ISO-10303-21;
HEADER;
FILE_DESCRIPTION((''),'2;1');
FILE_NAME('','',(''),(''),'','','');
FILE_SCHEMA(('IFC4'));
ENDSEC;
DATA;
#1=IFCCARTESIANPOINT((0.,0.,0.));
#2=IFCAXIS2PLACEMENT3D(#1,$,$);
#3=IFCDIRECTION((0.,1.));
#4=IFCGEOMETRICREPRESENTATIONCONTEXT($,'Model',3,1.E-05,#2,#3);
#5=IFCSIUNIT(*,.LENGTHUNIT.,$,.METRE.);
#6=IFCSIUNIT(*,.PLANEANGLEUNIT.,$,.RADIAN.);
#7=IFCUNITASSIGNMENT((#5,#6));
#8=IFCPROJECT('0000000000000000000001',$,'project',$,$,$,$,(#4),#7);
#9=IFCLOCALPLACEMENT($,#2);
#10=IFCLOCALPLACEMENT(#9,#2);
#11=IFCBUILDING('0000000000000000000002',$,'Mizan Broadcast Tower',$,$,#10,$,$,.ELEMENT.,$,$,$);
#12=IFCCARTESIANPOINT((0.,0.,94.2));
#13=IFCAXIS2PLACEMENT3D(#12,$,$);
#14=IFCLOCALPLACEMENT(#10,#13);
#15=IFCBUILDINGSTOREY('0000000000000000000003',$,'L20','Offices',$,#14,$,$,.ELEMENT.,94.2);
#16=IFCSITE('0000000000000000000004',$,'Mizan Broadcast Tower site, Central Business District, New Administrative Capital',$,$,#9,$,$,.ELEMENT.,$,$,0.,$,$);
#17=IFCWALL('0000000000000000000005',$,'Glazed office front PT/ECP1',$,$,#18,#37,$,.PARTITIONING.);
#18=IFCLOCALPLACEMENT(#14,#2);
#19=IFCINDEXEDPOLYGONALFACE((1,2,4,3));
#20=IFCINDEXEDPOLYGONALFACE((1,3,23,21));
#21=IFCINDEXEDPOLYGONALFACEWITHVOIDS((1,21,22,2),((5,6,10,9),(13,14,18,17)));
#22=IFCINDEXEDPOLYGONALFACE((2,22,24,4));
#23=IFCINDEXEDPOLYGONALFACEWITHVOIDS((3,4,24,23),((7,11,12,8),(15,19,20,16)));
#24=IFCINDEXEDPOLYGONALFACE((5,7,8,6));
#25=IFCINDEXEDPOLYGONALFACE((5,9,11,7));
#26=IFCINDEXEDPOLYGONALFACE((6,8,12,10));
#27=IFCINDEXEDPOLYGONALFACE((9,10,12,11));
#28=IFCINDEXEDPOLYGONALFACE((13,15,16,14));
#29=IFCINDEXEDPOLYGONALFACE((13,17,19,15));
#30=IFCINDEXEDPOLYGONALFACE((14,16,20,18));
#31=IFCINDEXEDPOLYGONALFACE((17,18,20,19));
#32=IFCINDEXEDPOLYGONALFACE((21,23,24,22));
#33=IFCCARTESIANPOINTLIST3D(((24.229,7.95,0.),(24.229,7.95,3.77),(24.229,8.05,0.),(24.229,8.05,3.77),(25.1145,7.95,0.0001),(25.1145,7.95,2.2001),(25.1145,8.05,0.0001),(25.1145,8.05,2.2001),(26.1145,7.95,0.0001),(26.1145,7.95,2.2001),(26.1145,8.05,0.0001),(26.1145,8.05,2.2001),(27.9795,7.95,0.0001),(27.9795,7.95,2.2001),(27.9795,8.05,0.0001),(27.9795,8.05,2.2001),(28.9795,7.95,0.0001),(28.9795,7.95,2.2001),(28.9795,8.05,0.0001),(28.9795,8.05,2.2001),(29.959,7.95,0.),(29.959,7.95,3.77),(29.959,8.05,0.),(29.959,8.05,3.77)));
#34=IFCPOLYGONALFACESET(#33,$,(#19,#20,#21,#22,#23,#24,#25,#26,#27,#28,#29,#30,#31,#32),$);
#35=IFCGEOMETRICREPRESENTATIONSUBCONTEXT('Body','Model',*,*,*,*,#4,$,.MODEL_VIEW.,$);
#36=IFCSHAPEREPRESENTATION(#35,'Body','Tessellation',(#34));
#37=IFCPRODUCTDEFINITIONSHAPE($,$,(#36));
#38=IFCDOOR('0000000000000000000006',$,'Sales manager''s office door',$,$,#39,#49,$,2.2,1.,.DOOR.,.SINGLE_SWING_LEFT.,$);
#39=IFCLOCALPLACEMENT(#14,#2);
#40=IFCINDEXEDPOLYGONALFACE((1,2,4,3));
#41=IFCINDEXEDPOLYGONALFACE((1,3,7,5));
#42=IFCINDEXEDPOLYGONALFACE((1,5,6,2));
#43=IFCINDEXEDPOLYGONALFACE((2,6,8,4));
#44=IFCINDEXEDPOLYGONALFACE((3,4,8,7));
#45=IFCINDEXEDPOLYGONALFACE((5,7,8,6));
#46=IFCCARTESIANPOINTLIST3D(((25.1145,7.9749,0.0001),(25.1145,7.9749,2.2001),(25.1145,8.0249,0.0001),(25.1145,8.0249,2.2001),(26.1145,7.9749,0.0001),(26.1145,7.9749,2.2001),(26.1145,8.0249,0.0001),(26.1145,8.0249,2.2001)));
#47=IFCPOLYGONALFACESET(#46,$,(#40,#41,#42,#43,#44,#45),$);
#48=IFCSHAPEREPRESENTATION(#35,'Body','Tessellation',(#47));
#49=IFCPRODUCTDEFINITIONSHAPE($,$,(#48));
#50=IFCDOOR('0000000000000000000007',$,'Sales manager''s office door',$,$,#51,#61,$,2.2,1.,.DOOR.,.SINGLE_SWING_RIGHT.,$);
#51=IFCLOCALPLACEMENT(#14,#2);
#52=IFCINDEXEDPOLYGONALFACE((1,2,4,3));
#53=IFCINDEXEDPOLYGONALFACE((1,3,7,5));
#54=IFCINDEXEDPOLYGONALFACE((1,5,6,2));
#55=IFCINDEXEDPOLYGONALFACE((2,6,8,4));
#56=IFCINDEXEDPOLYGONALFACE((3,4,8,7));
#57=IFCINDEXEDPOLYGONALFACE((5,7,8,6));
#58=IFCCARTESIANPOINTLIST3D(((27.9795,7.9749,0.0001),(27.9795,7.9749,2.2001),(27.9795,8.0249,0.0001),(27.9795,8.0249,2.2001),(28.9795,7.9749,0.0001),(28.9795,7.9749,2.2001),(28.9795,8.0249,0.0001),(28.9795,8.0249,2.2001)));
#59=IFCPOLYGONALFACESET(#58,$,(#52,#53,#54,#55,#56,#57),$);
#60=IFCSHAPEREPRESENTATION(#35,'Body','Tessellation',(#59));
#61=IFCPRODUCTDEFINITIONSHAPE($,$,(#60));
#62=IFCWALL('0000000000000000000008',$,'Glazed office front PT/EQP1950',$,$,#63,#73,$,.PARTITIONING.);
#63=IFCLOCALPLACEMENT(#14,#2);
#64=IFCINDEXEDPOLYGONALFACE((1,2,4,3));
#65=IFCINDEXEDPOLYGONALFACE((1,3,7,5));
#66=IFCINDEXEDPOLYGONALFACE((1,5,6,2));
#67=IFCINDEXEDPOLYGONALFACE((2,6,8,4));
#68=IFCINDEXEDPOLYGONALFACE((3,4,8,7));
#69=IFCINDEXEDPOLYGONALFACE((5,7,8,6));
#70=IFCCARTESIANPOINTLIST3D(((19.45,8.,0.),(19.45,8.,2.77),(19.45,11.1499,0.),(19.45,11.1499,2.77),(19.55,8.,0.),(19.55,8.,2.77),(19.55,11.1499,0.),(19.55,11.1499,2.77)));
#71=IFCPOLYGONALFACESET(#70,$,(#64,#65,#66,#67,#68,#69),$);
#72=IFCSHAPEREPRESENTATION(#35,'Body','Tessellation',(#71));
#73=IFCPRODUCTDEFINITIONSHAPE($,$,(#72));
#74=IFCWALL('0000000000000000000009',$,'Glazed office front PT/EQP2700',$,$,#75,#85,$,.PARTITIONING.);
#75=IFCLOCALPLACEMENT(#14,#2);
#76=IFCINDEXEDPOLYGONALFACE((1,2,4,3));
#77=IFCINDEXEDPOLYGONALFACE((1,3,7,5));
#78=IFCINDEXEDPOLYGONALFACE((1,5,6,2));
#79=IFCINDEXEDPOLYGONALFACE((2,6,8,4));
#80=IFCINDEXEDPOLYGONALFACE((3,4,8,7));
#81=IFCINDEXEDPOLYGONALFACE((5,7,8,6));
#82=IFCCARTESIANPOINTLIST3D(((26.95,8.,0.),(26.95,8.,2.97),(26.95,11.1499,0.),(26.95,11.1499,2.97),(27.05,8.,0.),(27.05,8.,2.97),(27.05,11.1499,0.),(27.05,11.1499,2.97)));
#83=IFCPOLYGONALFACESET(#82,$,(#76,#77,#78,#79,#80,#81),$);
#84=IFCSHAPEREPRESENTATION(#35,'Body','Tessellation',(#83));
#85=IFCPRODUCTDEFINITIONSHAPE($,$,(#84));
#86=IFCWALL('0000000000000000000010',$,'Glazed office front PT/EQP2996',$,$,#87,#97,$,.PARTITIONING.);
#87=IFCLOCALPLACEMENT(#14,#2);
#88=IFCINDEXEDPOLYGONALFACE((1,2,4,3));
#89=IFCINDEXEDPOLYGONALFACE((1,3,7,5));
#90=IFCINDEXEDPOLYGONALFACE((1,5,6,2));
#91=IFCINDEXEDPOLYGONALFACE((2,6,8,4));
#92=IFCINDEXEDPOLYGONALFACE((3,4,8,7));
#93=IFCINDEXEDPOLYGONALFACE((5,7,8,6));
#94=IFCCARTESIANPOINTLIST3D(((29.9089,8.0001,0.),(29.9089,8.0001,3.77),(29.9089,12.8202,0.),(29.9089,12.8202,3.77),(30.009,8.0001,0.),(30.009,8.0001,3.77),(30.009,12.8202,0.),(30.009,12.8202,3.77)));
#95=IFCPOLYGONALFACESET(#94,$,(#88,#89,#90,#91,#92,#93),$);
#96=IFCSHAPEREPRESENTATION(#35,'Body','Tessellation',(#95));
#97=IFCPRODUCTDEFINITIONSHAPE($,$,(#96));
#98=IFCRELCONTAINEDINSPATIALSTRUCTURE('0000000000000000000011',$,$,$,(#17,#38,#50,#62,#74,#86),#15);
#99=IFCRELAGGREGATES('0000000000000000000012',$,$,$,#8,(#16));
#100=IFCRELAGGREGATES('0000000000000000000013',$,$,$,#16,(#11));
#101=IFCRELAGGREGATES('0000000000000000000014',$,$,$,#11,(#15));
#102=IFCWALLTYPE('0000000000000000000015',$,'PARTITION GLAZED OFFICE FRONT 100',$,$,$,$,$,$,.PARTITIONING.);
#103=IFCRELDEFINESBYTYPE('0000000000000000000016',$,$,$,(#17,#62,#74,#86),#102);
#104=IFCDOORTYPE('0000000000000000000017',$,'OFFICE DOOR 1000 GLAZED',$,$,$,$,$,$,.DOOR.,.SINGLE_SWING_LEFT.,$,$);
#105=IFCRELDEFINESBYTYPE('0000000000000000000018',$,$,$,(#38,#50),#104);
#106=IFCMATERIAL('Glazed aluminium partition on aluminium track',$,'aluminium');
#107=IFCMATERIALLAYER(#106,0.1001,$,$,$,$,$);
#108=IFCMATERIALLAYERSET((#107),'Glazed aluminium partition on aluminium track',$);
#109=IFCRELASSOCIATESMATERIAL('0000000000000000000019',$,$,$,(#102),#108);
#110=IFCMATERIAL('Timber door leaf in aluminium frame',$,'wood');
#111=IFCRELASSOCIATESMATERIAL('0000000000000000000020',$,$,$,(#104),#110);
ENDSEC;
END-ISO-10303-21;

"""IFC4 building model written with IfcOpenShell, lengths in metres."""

from ifc_helpers import new_model, si_unit, direction, frame, frame_2d, origin, place, context, subcontext, project, spatial, rectangle, extrude, material, layer, layer_set, type_object, element, fill, save


model = new_model("IFC4")

# Units and contexts
model_context = context("Model", 3, precision=1e-05, world=origin(), true_north=direction((0.0, 1.0)))
body_context = subcontext(model_context, "Body", "Model", "MODEL_VIEW")
ifc_project = project(units=[si_unit("LENGTHUNIT", "METRE"), si_unit("PLANEANGLEUNIT", "RADIAN")], contexts=[model_context])

# Site, building, storey
site_placement = place(None, origin())
site = spatial("IfcSite", under=ifc_project, at=site_placement, Name="Mizan Broadcast Tower site, Central Business District, New Administrative Capital", CompositionType="ELEMENT", RefElevation=0.0)
building_placement = place(site_placement, origin())
building = spatial("IfcBuilding", under=site, at=building_placement, Name="Mizan Broadcast Tower", CompositionType="ELEMENT")
storey_placement = place(building_placement, frame((0.0, 0.0, 94.2)))
storey = spatial("IfcBuildingStorey", under=building, at=storey_placement, Name="L20", Description="Offices", CompositionType="ELEMENT", Elevation=94.2)

# Shared definitions
ifc_material_1 = material(Name="Glazed aluminium partition on aluminium track", Category="aluminium")
ifc_layer_1 = layer(ifc_material_1, 0.1001)
ifc_layer_set_1 = layer_set([ifc_layer_1], Name="Glazed aluminium partition on aluminium track")
wall_type = type_object("IfcWallType", Name="PARTITION GLAZED OFFICE FRONT 100", PredefinedType="PARTITIONING", material=ifc_layer_set_1)
ifc_material_2 = material(Name="Timber door leaf in aluminium frame", Category="wood")
door_type = type_object("IfcDoorType", Name="OFFICE DOOR 1000 GLAZED", OperationType="SINGLE_SWING_LEFT", PredefinedType="DOOR", material=ifc_material_2)

# Wall, openings, doors
wall_1_placement = place(storey_placement, frame((24.229, 8.0, 0.0), z_axis=(0.0, 0.0, 1.0), x_axis=(1.0, 0.0, 0.0)))
wall_1 = element("IfcWall", 1, at=wall_1_placement, inside=storey, type_object=wall_type, Name="Glazed office front PT/ECP1", PredefinedType="PARTITIONING", context=body_context, shape_type="SweptSolid", body=[
    extrude(rectangle(XDim=5.73, YDim=0.1001, at=frame_2d((2.865, 0.0))), origin(), (0.0, 0.0, 1.0), 3.77),
])
opening_1_placement = place(wall_1_placement, frame((0.8855, 0.0, 0.0)))
opening_1 = element("IfcOpeningElement", 2, at=opening_1_placement, cuts=wall_1, PredefinedType="OPENING", context=body_context, shape_type="SweptSolid", body=[
    extrude(rectangle(XDim=1.0, YDim=2.2, at=frame_2d((0.5, 1.1001))), frame((0.0, 0.0601, 0.0), z_axis=(0.0, -1.0, 0.0), x_axis=(1.0, 0.0, 0.0)), (0.0, 0.0, 1.0), 0.1201),
])
opening_2_placement = place(wall_1_placement, frame((3.7505, 0.0, 0.0)))
opening_2 = element("IfcOpeningElement", 3, at=opening_2_placement, cuts=wall_1, PredefinedType="OPENING", context=body_context, shape_type="SweptSolid", body=[
    extrude(rectangle(XDim=1.0, YDim=2.2, at=frame_2d((0.5, 1.1001))), frame((0.0, 0.0601, 0.0), z_axis=(0.0, -1.0, 0.0), x_axis=(1.0, 0.0, 0.0)), (0.0, 0.0, 1.0), 0.1201),
])
door_1_placement = place(opening_1_placement, origin())
door_1 = element("IfcDoor", 4, at=door_1_placement, inside=storey, type_object=door_type, Name="Sales manager's office door", OperationType="SINGLE_SWING_LEFT", OverallHeight=2.2, OverallWidth=1.0, PredefinedType="DOOR", context=body_context, shape_type="SweptSolid", body=[
    extrude(rectangle(XDim=1.0, YDim=2.2, at=frame_2d((0.5, 1.1001))), frame((0.0, 0.0249, 0.0), z_axis=(0.0, -1.0, 0.0), x_axis=(1.0, 0.0, 0.0)), (0.0, 0.0, 1.0), 0.05),
])
fill(opening_1, door_1)
door_2_placement = place(opening_2_placement, origin())
door_2 = element("IfcDoor", 5, at=door_2_placement, inside=storey, type_object=door_type, Name="Sales manager's office door", OperationType="SINGLE_SWING_RIGHT", OverallHeight=2.2, OverallWidth=1.0, PredefinedType="DOOR", context=body_context, shape_type="SweptSolid", body=[
    extrude(rectangle(XDim=1.0, YDim=2.2, at=frame_2d((0.5, 1.1001))), frame((0.0, 0.0249, 0.0), z_axis=(0.0, -1.0, 0.0), x_axis=(1.0, 0.0, 0.0)), (0.0, 0.0, 1.0), 0.05),
])
fill(opening_2, door_2)

# Walls
wall_2_placement = place(storey_placement, frame((19.5, 8.0, 0.0), z_axis=(0.0, 0.0, 1.0), x_axis=(0.0, 1.0, 0.0)))
element("IfcWall", 6, at=wall_2_placement, inside=storey, type_object=wall_type, Name="Glazed office front PT/EQP1950", PredefinedType="PARTITIONING", context=body_context, shape_type="SweptSolid", body=[
    extrude(rectangle(XDim=3.1499, YDim=0.1001, at=frame_2d((1.575, 0.0))), origin(), (0.0, 0.0, 1.0), 2.77),
])
wall_3_placement = place(storey_placement, frame((27.0, 8.0, 0.0), z_axis=(0.0, 0.0, 1.0), x_axis=(0.0, 1.0, 0.0)))
element("IfcWall", 7, at=wall_3_placement, inside=storey, type_object=wall_type, Name="Glazed office front PT/EQP2700", PredefinedType="PARTITIONING", context=body_context, shape_type="SweptSolid", body=[
    extrude(rectangle(XDim=3.1499, YDim=0.1001, at=frame_2d((1.575, 0.0))), origin(), (0.0, 0.0, 1.0), 2.97),
])
wall_4_placement = place(storey_placement, frame((29.959, 8.0, 0.0), z_axis=(0.0, 0.0, 1.0), x_axis=(0.0, 1.0, 0.0)))
element("IfcWall", 8, at=wall_4_placement, inside=storey, type_object=wall_type, Name="Glazed office front PT/EQP2996", PredefinedType="PARTITIONING", context=body_context, shape_type="SweptSolid", body=[
    extrude(rectangle(XDim=4.8201, YDim=0.1001, at=frame_2d((2.4102, 0.0))), origin(), (0.0, 0.0, 1.0), 3.77),
])

save(model, "model.ifc")
